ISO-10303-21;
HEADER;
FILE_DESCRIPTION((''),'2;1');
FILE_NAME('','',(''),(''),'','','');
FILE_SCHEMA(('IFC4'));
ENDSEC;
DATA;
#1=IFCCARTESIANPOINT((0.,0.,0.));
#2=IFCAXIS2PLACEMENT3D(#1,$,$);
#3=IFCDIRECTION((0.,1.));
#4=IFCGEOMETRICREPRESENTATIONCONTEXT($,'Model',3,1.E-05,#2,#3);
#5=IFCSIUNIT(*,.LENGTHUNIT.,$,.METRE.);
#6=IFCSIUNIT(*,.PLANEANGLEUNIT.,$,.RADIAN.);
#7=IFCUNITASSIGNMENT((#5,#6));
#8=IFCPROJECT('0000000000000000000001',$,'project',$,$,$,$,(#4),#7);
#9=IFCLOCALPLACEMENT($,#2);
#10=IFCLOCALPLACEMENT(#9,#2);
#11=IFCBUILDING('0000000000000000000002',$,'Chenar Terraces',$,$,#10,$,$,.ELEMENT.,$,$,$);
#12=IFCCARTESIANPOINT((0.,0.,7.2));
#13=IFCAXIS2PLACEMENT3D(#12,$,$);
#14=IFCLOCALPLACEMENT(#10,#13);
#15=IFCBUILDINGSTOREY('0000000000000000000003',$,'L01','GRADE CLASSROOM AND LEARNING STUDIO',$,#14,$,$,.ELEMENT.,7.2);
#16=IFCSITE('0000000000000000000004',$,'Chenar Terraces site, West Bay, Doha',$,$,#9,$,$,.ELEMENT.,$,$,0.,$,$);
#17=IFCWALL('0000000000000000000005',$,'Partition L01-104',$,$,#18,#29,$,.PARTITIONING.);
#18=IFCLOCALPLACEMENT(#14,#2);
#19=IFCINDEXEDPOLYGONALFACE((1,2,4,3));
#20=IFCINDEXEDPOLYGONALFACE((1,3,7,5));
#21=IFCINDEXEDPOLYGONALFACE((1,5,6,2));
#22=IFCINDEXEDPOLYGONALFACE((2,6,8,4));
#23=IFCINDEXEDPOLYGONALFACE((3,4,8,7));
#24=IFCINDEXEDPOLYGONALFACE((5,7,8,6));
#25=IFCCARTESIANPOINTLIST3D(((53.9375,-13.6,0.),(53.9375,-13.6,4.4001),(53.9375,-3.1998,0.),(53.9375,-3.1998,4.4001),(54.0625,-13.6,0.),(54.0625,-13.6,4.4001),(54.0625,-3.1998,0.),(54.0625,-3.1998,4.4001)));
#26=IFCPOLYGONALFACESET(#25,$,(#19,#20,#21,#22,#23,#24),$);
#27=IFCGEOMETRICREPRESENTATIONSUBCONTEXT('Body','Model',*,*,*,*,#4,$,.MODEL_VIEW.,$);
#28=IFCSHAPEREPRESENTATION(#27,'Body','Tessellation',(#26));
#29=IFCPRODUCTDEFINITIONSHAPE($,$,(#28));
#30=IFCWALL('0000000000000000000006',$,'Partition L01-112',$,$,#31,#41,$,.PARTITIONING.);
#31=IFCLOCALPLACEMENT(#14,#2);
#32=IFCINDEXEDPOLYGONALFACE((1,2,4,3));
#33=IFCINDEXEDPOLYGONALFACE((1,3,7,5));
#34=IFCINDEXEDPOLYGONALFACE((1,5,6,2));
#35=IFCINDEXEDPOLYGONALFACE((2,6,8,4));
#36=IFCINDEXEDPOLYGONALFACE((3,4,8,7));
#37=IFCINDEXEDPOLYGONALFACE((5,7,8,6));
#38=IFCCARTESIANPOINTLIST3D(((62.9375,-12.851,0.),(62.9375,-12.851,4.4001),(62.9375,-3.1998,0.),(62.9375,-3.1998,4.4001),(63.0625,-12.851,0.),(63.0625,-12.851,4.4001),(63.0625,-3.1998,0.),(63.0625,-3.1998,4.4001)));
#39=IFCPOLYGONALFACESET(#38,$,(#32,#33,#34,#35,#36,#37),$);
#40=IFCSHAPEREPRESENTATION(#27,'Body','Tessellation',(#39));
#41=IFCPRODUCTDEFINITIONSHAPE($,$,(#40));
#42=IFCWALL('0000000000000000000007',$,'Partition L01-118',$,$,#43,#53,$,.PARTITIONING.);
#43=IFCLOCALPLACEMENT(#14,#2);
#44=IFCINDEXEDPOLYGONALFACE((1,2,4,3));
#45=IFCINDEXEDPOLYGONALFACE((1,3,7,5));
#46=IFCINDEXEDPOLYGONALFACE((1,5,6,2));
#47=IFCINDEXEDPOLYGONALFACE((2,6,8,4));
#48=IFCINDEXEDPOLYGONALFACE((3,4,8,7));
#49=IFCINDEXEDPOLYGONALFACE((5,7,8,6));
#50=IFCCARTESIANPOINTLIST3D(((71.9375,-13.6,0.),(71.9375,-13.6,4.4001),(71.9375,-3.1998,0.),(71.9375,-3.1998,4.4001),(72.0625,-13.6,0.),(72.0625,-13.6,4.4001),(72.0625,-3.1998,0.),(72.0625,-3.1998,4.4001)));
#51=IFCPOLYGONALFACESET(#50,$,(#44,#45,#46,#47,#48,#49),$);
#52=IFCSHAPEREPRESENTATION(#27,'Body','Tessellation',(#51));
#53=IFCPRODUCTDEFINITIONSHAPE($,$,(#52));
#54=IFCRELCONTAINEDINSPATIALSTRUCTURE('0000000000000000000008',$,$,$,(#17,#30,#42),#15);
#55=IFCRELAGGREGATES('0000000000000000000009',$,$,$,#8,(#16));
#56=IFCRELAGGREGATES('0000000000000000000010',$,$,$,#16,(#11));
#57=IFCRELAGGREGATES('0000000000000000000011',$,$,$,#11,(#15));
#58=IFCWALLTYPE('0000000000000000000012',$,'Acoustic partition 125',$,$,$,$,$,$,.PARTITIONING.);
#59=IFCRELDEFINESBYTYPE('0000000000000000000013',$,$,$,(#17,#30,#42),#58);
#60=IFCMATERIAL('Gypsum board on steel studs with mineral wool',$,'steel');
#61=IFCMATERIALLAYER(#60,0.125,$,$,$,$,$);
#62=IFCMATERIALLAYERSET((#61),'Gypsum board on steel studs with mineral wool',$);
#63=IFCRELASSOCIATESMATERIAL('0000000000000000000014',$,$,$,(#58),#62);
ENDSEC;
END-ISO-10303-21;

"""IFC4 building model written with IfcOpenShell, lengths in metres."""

from ifc_helpers import new_model, si_unit, direction, frame, frame_2d, origin, place, context, subcontext, project, spatial, rectangle, extrude, material, layer, layer_set, type_object, element, save


model = new_model("IFC4")

# Units and contexts
model_context = context("Model", 3, precision=1e-05, world=origin(), true_north=direction((0.0, 1.0)))
body_context = subcontext(model_context, "Body", "Model", "MODEL_VIEW")
ifc_project = project(units=[si_unit("LENGTHUNIT", "METRE"), si_unit("PLANEANGLEUNIT", "RADIAN")], contexts=[model_context])

# Site, building, storey
site_placement = place(None, origin())
site = spatial("IfcSite", under=ifc_project, at=site_placement, Name="Chenar Terraces site, West Bay, Doha", CompositionType="ELEMENT", RefElevation=0.0)
building_placement = place(site_placement, origin())
building = spatial("IfcBuilding", under=site, at=building_placement, Name="Chenar Terraces", CompositionType="ELEMENT")
storey_placement = place(building_placement, frame((0.0, 0.0, 7.2)))
storey = spatial("IfcBuildingStorey", under=building, at=storey_placement, Name="L01", Description="GRADE CLASSROOM AND LEARNING STUDIO", CompositionType="ELEMENT", Elevation=7.2)

# Walls
ifc_material_1 = material(Name="Gypsum board on steel studs with mineral wool", Category="steel")
ifc_layer_1 = layer(ifc_material_1, 0.125)
ifc_layer_set_1 = layer_set([ifc_layer_1], Name="Gypsum board on steel studs with mineral wool")
wall_type_1 = type_object("IfcWallType", Name="Acoustic partition 125", PredefinedType="PARTITIONING", material=ifc_layer_set_1)
wall_1_placement = place(storey_placement, frame((54.0, -13.6001, 0.0), z_axis=(0.0, 0.0, 1.0), x_axis=(0.0, 1.0, 0.0)))
element("IfcWall", 1, at=wall_1_placement, inside=storey, type_object=wall_type_1, Name="Partition L01-104", PredefinedType="PARTITIONING", context=body_context, shape_type="SweptSolid", body=[
    extrude(rectangle(XDim=10.4001, YDim=0.125, at=frame_2d((5.2002, 0.0))), origin(), (0.0, 0.0, 1.0), 4.4001),
])
wall_2_placement = place(storey_placement, frame((63.0, -12.8511, 0.0), z_axis=(0.0, 0.0, 1.0), x_axis=(0.0, 1.0, 0.0)))
element("IfcWall", 2, at=wall_2_placement, inside=storey, type_object=wall_type_1, Name="Partition L01-112", PredefinedType="PARTITIONING", context=body_context, shape_type="SweptSolid", body=[
    extrude(rectangle(XDim=9.6511, YDim=0.125, at=frame_2d((4.8257, 0.0))), origin(), (0.0, 0.0, 1.0), 4.4001),
])
wall_3_placement = place(storey_placement, frame((72.0, -13.6001, 0.0), z_axis=(0.0, 0.0, 1.0), x_axis=(0.0, 1.0, 0.0)))
element("IfcWall", 3, at=wall_3_placement, inside=storey, type_object=wall_type_1, Name="Partition L01-118", PredefinedType="PARTITIONING", context=body_context, shape_type="SweptSolid", body=[
    extrude(rectangle(XDim=10.4001, YDim=0.125, at=frame_2d((5.2002, 0.0))), origin(), (0.0, 0.0, 1.0), 4.4001),
])

save(model, "model.ifc")
